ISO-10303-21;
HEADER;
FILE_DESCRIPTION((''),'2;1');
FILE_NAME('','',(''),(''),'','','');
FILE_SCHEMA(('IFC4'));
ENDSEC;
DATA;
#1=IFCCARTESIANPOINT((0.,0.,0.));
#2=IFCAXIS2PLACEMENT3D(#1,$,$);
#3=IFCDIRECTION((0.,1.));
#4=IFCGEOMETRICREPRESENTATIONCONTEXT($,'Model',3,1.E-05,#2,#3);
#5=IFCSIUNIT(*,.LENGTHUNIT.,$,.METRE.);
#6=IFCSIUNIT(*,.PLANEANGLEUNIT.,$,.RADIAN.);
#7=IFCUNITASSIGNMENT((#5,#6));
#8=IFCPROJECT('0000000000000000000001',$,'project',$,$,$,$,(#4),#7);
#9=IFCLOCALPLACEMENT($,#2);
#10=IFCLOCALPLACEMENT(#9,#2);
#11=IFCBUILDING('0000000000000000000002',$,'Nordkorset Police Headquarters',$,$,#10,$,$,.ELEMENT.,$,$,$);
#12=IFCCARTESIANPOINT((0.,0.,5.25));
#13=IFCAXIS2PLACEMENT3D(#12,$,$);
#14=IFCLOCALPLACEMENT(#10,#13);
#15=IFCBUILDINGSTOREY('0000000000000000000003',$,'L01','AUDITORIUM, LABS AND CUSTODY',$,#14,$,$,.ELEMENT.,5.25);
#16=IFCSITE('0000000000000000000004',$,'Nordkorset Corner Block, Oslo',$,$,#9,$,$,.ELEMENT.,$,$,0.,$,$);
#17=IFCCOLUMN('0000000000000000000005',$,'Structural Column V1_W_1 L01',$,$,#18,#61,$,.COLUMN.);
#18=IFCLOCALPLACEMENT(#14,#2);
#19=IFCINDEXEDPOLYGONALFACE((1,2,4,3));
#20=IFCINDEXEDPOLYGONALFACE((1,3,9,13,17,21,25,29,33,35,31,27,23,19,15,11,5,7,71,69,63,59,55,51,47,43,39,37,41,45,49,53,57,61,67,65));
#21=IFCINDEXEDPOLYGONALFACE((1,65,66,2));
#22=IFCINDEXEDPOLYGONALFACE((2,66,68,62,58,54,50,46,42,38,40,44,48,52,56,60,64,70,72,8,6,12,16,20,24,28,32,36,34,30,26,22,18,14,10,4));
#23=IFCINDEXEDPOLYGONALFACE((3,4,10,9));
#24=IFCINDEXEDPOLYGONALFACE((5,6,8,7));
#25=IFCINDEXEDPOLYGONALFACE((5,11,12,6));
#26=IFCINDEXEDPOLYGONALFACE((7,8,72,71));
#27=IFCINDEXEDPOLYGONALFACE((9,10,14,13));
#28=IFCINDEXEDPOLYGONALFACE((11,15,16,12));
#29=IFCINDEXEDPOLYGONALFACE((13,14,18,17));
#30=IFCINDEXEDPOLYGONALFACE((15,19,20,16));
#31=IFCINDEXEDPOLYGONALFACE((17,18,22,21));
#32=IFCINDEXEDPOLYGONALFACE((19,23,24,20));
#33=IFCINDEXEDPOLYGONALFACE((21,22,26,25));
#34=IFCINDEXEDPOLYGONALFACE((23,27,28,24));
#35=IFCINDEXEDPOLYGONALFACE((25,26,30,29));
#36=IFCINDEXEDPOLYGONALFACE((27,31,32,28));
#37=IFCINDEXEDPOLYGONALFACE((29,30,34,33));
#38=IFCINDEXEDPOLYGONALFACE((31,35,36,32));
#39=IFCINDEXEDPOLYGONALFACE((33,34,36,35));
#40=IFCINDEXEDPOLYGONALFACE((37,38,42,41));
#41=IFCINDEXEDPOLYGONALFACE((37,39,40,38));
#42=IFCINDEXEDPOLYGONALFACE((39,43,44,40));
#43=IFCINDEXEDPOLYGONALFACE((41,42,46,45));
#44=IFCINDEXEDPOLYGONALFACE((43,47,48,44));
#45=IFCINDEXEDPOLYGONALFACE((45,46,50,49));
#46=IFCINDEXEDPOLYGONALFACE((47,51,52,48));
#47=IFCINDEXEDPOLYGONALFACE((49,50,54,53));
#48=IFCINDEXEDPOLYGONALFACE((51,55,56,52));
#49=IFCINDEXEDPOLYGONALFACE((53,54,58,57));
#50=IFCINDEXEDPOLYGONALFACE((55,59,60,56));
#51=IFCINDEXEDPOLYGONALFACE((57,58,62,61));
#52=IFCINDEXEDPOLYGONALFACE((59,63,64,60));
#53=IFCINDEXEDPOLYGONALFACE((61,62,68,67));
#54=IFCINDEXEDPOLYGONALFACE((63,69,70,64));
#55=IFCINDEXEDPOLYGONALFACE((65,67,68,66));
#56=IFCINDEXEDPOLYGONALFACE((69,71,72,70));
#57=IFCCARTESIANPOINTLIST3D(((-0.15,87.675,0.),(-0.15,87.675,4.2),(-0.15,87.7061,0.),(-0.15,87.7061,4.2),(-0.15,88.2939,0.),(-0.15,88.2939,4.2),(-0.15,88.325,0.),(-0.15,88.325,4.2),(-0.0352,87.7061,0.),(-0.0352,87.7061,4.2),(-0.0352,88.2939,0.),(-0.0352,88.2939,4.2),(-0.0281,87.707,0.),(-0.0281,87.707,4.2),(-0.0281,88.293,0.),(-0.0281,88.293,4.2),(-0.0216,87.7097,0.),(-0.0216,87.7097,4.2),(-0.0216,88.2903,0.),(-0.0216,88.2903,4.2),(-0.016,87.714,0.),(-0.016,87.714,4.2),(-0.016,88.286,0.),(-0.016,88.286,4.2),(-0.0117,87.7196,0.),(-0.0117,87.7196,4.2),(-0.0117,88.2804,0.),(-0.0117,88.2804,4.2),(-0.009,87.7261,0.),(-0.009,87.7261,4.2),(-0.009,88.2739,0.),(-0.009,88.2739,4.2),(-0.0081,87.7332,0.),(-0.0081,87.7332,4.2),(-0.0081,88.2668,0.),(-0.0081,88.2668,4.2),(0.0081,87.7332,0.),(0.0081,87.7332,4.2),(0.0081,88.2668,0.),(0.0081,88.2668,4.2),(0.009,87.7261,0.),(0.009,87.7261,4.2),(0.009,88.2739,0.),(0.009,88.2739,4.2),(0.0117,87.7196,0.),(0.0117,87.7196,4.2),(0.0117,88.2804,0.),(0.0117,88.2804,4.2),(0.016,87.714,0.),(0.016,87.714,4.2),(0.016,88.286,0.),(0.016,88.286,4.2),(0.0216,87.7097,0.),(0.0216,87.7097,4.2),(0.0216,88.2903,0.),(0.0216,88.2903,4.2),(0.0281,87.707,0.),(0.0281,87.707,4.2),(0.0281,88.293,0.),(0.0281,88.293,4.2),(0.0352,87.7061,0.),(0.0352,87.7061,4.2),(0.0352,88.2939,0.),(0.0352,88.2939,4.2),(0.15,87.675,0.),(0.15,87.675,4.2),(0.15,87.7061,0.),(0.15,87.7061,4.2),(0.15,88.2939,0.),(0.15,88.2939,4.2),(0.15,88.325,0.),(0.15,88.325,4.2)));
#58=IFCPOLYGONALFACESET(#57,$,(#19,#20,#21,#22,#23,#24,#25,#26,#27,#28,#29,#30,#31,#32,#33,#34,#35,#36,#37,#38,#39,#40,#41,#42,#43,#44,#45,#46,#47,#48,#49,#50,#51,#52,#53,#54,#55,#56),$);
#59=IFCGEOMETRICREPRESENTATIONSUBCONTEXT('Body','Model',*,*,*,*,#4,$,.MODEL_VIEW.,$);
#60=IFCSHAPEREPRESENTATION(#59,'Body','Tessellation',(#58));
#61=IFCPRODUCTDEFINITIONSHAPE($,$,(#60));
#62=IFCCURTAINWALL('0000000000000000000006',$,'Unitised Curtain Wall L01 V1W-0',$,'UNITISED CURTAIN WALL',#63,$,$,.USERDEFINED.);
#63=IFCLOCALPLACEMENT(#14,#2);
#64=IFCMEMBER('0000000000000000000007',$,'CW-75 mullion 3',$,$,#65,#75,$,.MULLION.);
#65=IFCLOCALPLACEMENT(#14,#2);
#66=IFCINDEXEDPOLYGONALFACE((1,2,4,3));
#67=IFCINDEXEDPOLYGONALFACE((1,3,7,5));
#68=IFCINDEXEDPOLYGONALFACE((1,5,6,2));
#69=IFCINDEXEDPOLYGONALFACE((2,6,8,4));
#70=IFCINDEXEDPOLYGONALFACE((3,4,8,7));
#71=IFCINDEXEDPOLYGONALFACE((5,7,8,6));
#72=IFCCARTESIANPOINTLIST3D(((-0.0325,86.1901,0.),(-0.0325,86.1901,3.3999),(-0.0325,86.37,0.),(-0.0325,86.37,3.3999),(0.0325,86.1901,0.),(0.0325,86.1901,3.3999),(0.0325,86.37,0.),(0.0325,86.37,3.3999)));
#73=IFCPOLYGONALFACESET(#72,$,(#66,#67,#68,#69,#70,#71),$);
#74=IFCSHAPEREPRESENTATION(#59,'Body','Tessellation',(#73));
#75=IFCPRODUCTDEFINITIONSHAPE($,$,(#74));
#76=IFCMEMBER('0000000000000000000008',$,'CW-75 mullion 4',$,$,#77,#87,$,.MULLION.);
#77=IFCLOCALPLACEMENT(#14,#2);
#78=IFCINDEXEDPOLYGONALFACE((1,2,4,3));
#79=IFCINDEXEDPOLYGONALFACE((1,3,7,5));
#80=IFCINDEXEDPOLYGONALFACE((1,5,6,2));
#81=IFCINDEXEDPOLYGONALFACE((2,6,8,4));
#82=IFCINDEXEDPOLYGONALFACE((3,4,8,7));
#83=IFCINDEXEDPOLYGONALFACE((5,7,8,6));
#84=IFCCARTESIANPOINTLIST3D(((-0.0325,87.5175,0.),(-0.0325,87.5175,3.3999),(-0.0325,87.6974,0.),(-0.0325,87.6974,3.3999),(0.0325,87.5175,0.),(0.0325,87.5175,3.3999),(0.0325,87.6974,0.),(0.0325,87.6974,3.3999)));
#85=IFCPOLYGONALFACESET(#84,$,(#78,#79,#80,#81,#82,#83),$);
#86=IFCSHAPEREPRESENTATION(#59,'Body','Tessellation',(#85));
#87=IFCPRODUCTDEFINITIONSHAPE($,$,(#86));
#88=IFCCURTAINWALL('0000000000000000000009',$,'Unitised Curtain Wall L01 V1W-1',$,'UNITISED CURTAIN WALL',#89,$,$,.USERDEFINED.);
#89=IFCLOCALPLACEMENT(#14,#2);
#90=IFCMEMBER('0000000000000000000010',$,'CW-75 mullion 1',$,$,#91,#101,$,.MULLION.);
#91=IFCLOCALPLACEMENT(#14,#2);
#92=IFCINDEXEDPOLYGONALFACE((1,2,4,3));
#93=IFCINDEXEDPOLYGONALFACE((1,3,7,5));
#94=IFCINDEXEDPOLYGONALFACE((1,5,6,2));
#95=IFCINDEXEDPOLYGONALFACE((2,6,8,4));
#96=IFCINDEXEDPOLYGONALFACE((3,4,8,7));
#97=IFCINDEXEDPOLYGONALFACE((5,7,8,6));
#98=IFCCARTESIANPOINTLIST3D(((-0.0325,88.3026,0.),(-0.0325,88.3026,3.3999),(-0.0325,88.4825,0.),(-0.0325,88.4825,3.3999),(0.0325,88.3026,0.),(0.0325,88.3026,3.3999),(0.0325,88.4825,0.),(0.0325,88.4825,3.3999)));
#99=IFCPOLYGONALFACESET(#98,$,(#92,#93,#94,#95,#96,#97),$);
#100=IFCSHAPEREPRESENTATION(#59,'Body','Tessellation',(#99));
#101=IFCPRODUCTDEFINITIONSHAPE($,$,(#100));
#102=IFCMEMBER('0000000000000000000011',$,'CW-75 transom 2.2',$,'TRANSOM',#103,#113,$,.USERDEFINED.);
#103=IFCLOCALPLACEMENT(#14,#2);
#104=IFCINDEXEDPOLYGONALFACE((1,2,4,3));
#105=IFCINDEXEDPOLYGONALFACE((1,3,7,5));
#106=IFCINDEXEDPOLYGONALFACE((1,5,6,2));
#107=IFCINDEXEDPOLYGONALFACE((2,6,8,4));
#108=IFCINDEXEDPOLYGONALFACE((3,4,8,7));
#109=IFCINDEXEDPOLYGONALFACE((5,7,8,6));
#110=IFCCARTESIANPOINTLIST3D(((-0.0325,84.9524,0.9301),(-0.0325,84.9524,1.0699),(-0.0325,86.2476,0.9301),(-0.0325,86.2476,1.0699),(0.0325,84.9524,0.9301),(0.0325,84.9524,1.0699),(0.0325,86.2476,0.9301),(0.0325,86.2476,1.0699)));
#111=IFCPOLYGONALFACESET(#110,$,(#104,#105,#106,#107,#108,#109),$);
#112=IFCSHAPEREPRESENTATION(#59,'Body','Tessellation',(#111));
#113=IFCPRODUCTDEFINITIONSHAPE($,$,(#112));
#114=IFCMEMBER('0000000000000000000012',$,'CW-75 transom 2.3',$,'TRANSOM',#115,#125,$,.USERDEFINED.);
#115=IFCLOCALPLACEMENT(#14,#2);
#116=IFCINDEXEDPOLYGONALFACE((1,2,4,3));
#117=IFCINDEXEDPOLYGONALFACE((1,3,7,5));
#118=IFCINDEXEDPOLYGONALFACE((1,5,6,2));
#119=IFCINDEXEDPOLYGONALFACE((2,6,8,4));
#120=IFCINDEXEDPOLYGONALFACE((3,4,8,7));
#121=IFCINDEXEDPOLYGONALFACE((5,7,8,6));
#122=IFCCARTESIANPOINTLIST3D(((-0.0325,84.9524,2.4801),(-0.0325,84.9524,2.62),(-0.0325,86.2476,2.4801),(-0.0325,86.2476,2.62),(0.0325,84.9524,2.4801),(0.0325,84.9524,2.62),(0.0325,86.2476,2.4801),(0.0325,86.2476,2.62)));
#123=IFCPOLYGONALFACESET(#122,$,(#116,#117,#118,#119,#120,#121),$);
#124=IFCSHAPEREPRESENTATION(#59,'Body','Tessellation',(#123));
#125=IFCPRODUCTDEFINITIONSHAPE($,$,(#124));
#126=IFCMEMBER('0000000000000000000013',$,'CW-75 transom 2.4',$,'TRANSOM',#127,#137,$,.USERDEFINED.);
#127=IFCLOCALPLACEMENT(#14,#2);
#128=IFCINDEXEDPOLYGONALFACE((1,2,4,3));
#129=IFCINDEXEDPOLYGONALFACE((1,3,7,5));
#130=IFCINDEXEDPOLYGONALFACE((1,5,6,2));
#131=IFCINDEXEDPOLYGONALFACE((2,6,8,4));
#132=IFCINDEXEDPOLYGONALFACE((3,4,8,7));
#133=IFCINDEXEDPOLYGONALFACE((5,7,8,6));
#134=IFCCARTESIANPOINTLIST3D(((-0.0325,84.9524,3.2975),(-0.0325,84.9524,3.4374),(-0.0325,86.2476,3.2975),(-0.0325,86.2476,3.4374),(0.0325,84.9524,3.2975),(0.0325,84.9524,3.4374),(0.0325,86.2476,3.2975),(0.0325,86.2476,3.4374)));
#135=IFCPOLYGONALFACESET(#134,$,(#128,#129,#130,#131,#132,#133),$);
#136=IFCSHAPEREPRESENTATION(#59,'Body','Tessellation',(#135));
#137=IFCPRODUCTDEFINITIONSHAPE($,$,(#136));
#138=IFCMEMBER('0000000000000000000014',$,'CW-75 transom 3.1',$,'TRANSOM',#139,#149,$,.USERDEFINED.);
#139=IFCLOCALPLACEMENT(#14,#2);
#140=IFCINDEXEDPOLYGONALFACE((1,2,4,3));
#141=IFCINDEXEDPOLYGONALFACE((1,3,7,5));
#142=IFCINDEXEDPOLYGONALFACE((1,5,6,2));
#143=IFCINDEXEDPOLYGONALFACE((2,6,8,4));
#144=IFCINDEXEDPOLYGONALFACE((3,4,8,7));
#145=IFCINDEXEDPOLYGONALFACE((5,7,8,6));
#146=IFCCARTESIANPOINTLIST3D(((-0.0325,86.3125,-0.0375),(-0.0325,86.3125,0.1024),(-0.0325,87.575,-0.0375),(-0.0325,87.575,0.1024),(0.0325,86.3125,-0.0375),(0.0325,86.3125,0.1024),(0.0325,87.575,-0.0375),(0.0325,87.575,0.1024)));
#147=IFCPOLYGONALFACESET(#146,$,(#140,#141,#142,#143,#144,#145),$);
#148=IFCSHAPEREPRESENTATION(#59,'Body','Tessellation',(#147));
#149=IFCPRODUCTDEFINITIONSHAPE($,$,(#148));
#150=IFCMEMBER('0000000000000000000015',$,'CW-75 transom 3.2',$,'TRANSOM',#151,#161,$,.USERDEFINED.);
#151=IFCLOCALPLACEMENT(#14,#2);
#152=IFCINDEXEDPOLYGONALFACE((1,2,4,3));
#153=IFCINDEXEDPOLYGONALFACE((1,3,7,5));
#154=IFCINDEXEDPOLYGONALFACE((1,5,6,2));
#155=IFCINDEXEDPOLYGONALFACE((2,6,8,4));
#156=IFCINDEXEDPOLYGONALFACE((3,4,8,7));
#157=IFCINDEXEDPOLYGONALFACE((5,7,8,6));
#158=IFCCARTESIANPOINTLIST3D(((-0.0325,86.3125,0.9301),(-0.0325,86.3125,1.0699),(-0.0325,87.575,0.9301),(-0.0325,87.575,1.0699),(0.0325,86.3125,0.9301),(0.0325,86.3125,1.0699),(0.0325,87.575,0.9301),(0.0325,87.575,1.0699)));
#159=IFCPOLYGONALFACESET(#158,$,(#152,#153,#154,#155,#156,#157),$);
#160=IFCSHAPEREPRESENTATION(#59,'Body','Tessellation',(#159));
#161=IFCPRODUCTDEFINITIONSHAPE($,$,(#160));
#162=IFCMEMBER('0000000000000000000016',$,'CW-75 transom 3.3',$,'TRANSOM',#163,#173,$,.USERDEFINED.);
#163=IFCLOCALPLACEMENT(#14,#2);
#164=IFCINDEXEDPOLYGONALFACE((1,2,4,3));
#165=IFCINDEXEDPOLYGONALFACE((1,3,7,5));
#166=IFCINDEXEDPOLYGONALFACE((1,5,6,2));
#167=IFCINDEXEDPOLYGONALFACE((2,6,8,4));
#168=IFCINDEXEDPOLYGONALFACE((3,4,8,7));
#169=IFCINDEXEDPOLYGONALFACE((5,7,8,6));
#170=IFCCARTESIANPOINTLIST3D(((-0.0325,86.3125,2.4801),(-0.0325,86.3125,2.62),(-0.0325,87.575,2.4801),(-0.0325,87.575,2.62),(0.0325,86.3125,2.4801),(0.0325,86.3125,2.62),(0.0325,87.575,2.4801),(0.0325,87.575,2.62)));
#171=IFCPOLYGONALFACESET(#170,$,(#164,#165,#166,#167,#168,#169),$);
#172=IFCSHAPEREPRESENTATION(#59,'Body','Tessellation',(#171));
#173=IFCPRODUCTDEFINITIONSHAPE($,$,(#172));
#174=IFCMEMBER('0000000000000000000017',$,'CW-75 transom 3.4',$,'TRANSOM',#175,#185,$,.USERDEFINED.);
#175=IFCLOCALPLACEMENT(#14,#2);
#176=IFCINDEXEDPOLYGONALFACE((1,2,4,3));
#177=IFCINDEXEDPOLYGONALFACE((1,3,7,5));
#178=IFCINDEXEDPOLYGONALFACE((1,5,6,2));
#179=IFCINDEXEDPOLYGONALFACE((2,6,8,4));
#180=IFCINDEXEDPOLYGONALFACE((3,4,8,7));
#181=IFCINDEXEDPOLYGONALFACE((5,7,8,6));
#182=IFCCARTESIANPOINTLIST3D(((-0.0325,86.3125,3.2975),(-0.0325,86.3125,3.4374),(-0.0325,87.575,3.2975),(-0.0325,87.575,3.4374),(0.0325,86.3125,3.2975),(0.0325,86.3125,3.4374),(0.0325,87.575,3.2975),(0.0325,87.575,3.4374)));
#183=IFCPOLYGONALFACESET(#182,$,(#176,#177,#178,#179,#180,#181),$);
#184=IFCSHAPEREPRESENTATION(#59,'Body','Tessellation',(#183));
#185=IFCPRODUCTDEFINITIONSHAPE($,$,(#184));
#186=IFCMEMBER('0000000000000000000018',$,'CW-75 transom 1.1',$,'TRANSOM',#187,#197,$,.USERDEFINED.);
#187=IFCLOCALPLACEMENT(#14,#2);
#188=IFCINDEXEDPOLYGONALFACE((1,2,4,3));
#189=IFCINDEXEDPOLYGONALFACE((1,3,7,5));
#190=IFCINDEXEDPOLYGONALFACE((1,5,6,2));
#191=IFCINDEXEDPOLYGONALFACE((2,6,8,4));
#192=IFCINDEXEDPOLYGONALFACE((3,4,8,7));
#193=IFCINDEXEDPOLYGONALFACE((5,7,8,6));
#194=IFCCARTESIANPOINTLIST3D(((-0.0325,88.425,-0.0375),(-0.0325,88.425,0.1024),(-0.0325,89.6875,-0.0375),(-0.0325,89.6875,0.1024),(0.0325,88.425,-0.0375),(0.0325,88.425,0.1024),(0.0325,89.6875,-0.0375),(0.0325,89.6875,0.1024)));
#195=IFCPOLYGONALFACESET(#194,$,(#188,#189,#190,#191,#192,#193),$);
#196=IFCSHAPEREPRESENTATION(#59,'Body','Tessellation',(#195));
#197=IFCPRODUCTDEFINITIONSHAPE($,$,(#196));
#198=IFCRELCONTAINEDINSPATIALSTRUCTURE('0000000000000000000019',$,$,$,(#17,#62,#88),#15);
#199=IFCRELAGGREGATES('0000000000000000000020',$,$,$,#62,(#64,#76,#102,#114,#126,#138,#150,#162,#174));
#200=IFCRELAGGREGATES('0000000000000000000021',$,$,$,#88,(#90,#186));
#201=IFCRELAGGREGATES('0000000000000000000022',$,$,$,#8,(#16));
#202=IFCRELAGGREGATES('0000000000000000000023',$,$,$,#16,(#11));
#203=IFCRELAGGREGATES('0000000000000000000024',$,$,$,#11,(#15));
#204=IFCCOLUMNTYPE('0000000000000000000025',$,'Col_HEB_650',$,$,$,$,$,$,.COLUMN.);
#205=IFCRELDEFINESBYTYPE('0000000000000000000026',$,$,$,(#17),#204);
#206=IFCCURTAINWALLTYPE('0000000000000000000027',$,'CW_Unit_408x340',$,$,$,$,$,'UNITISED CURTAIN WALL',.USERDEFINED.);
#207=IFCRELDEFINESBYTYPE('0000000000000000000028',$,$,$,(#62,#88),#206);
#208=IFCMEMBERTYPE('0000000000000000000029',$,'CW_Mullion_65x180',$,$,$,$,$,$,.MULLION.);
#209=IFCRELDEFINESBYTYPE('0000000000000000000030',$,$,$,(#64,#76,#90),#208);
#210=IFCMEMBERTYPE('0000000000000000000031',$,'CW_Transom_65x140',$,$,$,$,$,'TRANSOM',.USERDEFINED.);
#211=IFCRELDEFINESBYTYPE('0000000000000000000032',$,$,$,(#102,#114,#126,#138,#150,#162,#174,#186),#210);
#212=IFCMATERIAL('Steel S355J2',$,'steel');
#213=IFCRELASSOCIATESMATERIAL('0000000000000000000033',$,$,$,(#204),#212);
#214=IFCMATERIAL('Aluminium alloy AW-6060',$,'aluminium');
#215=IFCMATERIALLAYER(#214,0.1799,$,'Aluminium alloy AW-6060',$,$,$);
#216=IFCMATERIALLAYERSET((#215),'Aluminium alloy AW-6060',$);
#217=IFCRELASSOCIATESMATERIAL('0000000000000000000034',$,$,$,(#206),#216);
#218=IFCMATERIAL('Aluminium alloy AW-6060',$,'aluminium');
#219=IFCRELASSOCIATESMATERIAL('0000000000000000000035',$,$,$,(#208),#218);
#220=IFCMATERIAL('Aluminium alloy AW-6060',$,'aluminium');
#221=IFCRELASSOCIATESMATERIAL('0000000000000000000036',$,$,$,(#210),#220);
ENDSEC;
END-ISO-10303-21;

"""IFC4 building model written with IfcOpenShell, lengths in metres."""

from ifc_helpers import new_model, si_unit, direction, frame, origin, origin_2d, place, context, subcontext, project, spatial, rectangle, i_section, extrude, material, layer, layer_set, material_profile, profile_set, type_object, element, aggregate, save


model = new_model("IFC4")

# Units and contexts
model_context = context("Model", 3, precision=1e-05, world=origin(), true_north=direction((0.0, 1.0)))
body_context = subcontext(model_context, "Body", "Model", "MODEL_VIEW")
ifc_project = project(units=[si_unit("LENGTHUNIT", "METRE"), si_unit("PLANEANGLEUNIT", "RADIAN")], contexts=[model_context])

# Site, building, storey
site_placement = place(None, origin())
site = spatial("IfcSite", under=ifc_project, at=site_placement, Name="Nordkorset Corner Block, Oslo", CompositionType="ELEMENT", RefElevation=0.0)
building_placement = place(site_placement, origin())
building = spatial("IfcBuilding", under=site, at=building_placement, Name="Nordkorset Police Headquarters", CompositionType="ELEMENT")
storey_placement = place(building_placement, frame((0.0, 0.0, 5.25)))
storey = spatial("IfcBuildingStorey", under=building, at=storey_placement, Name="L01", Description="AUDITORIUM, LABS AND CUSTODY", CompositionType="ELEMENT", Elevation=5.25)

# Column
ifc_material_1 = material(Name="Steel S355J2", Category="steel")
ifc_material_profile_1 = material_profile(ifc_material_1, i_section(OverallWidth=0.3, OverallDepth=0.6499, WebThickness=0.0161, FlangeThickness=0.031, FilletRadius=0.0271, at=origin_2d()), Name="HEB 650")
ifc_profile_set_1 = profile_set([ifc_material_profile_1], Name="Steel S355J2")
column_type = type_object("IfcColumnType", Name="Col_HEB_650", PredefinedType="COLUMN", material=ifc_profile_set_1)
column_placement = place(storey_placement, frame((0.0, 88.0, 0.0), z_axis=(0.0, 0.0, 1.0), x_axis=(1.0, 0.0, 0.0)))
element("IfcColumn", 1, at=column_placement, inside=storey, type_object=column_type, Name="Structural Column V1_W_1 L01", PredefinedType="COLUMN", context=body_context, shape_type="SweptSolid", body=[
    extrude(i_section(OverallWidth=0.3, OverallDepth=0.6499, WebThickness=0.0161, FlangeThickness=0.031, FilletRadius=0.0271, at=origin_2d()), origin(), (0.0, 0.0, 1.0), 4.2),
])

# Curtain wall, members
ifc_material_2 = material(Name="Aluminium alloy AW-6060", Category="aluminium")
ifc_layer_1 = layer(ifc_material_2, 0.1799, Name="Aluminium alloy AW-6060")
ifc_layer_set_1 = layer_set([ifc_layer_1], Name="Aluminium alloy AW-6060")
curtain_wall_type = type_object("IfcCurtainWallType", Name="CW_Unit_408x340", ElementType="UNITISED CURTAIN WALL", PredefinedType="USERDEFINED", material=ifc_layer_set_1)
curtain_wall_1_placement = place(storey_placement, origin())
curtain_wall_1 = element("IfcCurtainWall", 2, at=curtain_wall_1_placement, inside=storey, type_object=curtain_wall_type, Name="Unitised Curtain Wall L01 V1W-0", ObjectType="UNITISED CURTAIN WALL", PredefinedType="USERDEFINED")
ifc_material_3 = material(Name="Aluminium alloy AW-6060", Category="aluminium")
ifc_material_profile_2 = material_profile(ifc_material_3, rectangle(XDim=0.0649, YDim=0.1799, at=origin_2d()), Name="ALU MULL 65x180")
ifc_profile_set_2 = profile_set([ifc_material_profile_2], Name="Aluminium alloy AW-6060")
member_type_1 = type_object("IfcMemberType", Name="CW_Mullion_65x180", PredefinedType="MULLION", material=ifc_profile_set_2)
member_1_placement = place(storey_placement, frame((0.0, 86.28, 0.0), z_axis=(0.0, 0.0, 1.0), x_axis=(-1.0, 0.0, 0.0)))
member_1 = element("IfcMember", 3, at=member_1_placement, type_object=member_type_1, Name="CW-75 mullion 3", PredefinedType="MULLION", context=body_context, shape_type="SweptSolid", body=[
    extrude(rectangle(XDim=0.0649, YDim=0.1799, at=origin_2d()), origin(), (0.0, 0.0, 1.0), 3.3999),
])
member_2_placement = place(storey_placement, frame((0.0, 87.6074, 0.0), z_axis=(0.0, 0.0, 1.0), x_axis=(-1.0, 0.0, 0.0)))
member_2 = element("IfcMember", 4, at=member_2_placement, type_object=member_type_1, Name="CW-75 mullion 4", PredefinedType="MULLION", context=body_context, shape_type="SweptSolid", body=[
    extrude(rectangle(XDim=0.0649, YDim=0.1799, at=origin_2d()), origin(), (0.0, 0.0, 1.0), 3.3999),
])

# Curtain wall, member
curtain_wall_2_placement = place(storey_placement, origin())
curtain_wall_2 = element("IfcCurtainWall", 5, at=curtain_wall_2_placement, inside=storey, type_object=curtain_wall_type, Name="Unitised Curtain Wall L01 V1W-1", ObjectType="UNITISED CURTAIN WALL", PredefinedType="USERDEFINED")
member_3_placement = place(storey_placement, frame((0.0, 88.3926, 0.0), z_axis=(0.0, 0.0, 1.0), x_axis=(-1.0, 0.0, 0.0)))
member_3 = element("IfcMember", 6, at=member_3_placement, type_object=member_type_1, Name="CW-75 mullion 1", PredefinedType="MULLION", context=body_context, shape_type="SweptSolid", body=[
    extrude(rectangle(XDim=0.0649, YDim=0.1799, at=origin_2d()), origin(), (0.0, 0.0, 1.0), 3.3999),
])

# Members
ifc_material_4 = material(Name="Aluminium alloy AW-6060", Category="aluminium")
ifc_material_profile_3 = material_profile(ifc_material_4, rectangle(XDim=0.0649, YDim=0.1399, at=origin_2d()), Name="ALU TRAN 65x140")
ifc_profile_set_3 = profile_set([ifc_material_profile_3], Name="Aluminium alloy AW-6060")
member_type_2 = type_object("IfcMemberType", Name="CW_Transom_65x140", ElementType="TRANSOM", PredefinedType="USERDEFINED", material=ifc_profile_set_3)
member_4_placement = place(storey_placement, frame((0.0, 84.9524, 1.0), z_axis=(0.0, 1.0, 0.0), x_axis=(-1.0, 0.0, 0.0)))
member_4 = element("IfcMember", 7, at=member_4_placement, type_object=member_type_2, Name="CW-75 transom 2.2", ObjectType="TRANSOM", PredefinedType="USERDEFINED", context=body_context, shape_type="SweptSolid", body=[
    extrude(rectangle(XDim=0.0649, YDim=0.1399, at=origin_2d()), origin(), (0.0, 0.0, 1.0), 1.2952),
])
member_5_placement = place(storey_placement, frame((0.0, 84.9524, 2.55), z_axis=(0.0, 1.0, 0.0), x_axis=(-1.0, 0.0, 0.0)))
member_5 = element("IfcMember", 8, at=member_5_placement, type_object=member_type_2, Name="CW-75 transom 2.3", ObjectType="TRANSOM", PredefinedType="USERDEFINED", context=body_context, shape_type="SweptSolid", body=[
    extrude(rectangle(XDim=0.0649, YDim=0.1399, at=origin_2d()), origin(), (0.0, 0.0, 1.0), 1.2952),
])
member_6_placement = place(storey_placement, frame((0.0, 84.9524, 3.3674), z_axis=(0.0, 1.0, 0.0), x_axis=(-1.0, 0.0, 0.0)))
member_6 = element("IfcMember", 9, at=member_6_placement, type_object=member_type_2, Name="CW-75 transom 2.4", ObjectType="TRANSOM", PredefinedType="USERDEFINED", context=body_context, shape_type="SweptSolid", body=[
    extrude(rectangle(XDim=0.0649, YDim=0.1399, at=origin_2d()), origin(), (0.0, 0.0, 1.0), 1.2952),
])
member_7_placement = place(storey_placement, frame((0.0, 86.3125, 0.0325), z_axis=(0.0, 1.0, 0.0), x_axis=(-1.0, 0.0, 0.0)))
member_7 = element("IfcMember", 10, at=member_7_placement, type_object=member_type_2, Name="CW-75 transom 3.1", ObjectType="TRANSOM", PredefinedType="USERDEFINED", context=body_context, shape_type="SweptSolid", body=[
    extrude(rectangle(XDim=0.0649, YDim=0.1399, at=origin_2d()), origin(), (0.0, 0.0, 1.0), 1.2625),
])
member_8_placement = place(storey_placement, frame((0.0, 86.3125, 1.0), z_axis=(0.0, 1.0, 0.0), x_axis=(-1.0, 0.0, 0.0)))
member_8 = element("IfcMember", 11, at=member_8_placement, type_object=member_type_2, Name="CW-75 transom 3.2", ObjectType="TRANSOM", PredefinedType="USERDEFINED", context=body_context, shape_type="SweptSolid", body=[
    extrude(rectangle(XDim=0.0649, YDim=0.1399, at=origin_2d()), origin(), (0.0, 0.0, 1.0), 1.2625),
])
member_9_placement = place(storey_placement, frame((0.0, 86.3125, 2.55), z_axis=(0.0, 1.0, 0.0), x_axis=(-1.0, 0.0, 0.0)))
member_9 = element("IfcMember", 12, at=member_9_placement, type_object=member_type_2, Name="CW-75 transom 3.3", ObjectType="TRANSOM", PredefinedType="USERDEFINED", context=body_context, shape_type="SweptSolid", body=[
    extrude(rectangle(XDim=0.0649, YDim=0.1399, at=origin_2d()), origin(), (0.0, 0.0, 1.0), 1.2625),
])
member_10_placement = place(storey_placement, frame((0.0, 86.3125, 3.3674), z_axis=(0.0, 1.0, 0.0), x_axis=(-1.0, 0.0, 0.0)))
member_10 = element("IfcMember", 13, at=member_10_placement, type_object=member_type_2, Name="CW-75 transom 3.4", ObjectType="TRANSOM", PredefinedType="USERDEFINED", context=body_context, shape_type="SweptSolid", body=[
    extrude(rectangle(XDim=0.0649, YDim=0.1399, at=origin_2d()), origin(), (0.0, 0.0, 1.0), 1.2625),
])
member_11_placement = place(storey_placement, frame((0.0, 88.425, 0.0325), z_axis=(0.0, 1.0, 0.0), x_axis=(-1.0, 0.0, 0.0)))
member_11 = element("IfcMember", 14, at=member_11_placement, type_object=member_type_2, Name="CW-75 transom 1.1", ObjectType="TRANSOM", PredefinedType="USERDEFINED", context=body_context, shape_type="SweptSolid", body=[
    extrude(rectangle(XDim=0.0649, YDim=0.1399, at=origin_2d()), origin(), (0.0, 0.0, 1.0), 1.2625),
])

aggregate(curtain_wall_1, [member_1, member_2, member_4, member_5, member_6, member_7, member_8, member_9, member_10])
aggregate(curtain_wall_2, [member_3, member_11])

save(model, "model.ifc")
